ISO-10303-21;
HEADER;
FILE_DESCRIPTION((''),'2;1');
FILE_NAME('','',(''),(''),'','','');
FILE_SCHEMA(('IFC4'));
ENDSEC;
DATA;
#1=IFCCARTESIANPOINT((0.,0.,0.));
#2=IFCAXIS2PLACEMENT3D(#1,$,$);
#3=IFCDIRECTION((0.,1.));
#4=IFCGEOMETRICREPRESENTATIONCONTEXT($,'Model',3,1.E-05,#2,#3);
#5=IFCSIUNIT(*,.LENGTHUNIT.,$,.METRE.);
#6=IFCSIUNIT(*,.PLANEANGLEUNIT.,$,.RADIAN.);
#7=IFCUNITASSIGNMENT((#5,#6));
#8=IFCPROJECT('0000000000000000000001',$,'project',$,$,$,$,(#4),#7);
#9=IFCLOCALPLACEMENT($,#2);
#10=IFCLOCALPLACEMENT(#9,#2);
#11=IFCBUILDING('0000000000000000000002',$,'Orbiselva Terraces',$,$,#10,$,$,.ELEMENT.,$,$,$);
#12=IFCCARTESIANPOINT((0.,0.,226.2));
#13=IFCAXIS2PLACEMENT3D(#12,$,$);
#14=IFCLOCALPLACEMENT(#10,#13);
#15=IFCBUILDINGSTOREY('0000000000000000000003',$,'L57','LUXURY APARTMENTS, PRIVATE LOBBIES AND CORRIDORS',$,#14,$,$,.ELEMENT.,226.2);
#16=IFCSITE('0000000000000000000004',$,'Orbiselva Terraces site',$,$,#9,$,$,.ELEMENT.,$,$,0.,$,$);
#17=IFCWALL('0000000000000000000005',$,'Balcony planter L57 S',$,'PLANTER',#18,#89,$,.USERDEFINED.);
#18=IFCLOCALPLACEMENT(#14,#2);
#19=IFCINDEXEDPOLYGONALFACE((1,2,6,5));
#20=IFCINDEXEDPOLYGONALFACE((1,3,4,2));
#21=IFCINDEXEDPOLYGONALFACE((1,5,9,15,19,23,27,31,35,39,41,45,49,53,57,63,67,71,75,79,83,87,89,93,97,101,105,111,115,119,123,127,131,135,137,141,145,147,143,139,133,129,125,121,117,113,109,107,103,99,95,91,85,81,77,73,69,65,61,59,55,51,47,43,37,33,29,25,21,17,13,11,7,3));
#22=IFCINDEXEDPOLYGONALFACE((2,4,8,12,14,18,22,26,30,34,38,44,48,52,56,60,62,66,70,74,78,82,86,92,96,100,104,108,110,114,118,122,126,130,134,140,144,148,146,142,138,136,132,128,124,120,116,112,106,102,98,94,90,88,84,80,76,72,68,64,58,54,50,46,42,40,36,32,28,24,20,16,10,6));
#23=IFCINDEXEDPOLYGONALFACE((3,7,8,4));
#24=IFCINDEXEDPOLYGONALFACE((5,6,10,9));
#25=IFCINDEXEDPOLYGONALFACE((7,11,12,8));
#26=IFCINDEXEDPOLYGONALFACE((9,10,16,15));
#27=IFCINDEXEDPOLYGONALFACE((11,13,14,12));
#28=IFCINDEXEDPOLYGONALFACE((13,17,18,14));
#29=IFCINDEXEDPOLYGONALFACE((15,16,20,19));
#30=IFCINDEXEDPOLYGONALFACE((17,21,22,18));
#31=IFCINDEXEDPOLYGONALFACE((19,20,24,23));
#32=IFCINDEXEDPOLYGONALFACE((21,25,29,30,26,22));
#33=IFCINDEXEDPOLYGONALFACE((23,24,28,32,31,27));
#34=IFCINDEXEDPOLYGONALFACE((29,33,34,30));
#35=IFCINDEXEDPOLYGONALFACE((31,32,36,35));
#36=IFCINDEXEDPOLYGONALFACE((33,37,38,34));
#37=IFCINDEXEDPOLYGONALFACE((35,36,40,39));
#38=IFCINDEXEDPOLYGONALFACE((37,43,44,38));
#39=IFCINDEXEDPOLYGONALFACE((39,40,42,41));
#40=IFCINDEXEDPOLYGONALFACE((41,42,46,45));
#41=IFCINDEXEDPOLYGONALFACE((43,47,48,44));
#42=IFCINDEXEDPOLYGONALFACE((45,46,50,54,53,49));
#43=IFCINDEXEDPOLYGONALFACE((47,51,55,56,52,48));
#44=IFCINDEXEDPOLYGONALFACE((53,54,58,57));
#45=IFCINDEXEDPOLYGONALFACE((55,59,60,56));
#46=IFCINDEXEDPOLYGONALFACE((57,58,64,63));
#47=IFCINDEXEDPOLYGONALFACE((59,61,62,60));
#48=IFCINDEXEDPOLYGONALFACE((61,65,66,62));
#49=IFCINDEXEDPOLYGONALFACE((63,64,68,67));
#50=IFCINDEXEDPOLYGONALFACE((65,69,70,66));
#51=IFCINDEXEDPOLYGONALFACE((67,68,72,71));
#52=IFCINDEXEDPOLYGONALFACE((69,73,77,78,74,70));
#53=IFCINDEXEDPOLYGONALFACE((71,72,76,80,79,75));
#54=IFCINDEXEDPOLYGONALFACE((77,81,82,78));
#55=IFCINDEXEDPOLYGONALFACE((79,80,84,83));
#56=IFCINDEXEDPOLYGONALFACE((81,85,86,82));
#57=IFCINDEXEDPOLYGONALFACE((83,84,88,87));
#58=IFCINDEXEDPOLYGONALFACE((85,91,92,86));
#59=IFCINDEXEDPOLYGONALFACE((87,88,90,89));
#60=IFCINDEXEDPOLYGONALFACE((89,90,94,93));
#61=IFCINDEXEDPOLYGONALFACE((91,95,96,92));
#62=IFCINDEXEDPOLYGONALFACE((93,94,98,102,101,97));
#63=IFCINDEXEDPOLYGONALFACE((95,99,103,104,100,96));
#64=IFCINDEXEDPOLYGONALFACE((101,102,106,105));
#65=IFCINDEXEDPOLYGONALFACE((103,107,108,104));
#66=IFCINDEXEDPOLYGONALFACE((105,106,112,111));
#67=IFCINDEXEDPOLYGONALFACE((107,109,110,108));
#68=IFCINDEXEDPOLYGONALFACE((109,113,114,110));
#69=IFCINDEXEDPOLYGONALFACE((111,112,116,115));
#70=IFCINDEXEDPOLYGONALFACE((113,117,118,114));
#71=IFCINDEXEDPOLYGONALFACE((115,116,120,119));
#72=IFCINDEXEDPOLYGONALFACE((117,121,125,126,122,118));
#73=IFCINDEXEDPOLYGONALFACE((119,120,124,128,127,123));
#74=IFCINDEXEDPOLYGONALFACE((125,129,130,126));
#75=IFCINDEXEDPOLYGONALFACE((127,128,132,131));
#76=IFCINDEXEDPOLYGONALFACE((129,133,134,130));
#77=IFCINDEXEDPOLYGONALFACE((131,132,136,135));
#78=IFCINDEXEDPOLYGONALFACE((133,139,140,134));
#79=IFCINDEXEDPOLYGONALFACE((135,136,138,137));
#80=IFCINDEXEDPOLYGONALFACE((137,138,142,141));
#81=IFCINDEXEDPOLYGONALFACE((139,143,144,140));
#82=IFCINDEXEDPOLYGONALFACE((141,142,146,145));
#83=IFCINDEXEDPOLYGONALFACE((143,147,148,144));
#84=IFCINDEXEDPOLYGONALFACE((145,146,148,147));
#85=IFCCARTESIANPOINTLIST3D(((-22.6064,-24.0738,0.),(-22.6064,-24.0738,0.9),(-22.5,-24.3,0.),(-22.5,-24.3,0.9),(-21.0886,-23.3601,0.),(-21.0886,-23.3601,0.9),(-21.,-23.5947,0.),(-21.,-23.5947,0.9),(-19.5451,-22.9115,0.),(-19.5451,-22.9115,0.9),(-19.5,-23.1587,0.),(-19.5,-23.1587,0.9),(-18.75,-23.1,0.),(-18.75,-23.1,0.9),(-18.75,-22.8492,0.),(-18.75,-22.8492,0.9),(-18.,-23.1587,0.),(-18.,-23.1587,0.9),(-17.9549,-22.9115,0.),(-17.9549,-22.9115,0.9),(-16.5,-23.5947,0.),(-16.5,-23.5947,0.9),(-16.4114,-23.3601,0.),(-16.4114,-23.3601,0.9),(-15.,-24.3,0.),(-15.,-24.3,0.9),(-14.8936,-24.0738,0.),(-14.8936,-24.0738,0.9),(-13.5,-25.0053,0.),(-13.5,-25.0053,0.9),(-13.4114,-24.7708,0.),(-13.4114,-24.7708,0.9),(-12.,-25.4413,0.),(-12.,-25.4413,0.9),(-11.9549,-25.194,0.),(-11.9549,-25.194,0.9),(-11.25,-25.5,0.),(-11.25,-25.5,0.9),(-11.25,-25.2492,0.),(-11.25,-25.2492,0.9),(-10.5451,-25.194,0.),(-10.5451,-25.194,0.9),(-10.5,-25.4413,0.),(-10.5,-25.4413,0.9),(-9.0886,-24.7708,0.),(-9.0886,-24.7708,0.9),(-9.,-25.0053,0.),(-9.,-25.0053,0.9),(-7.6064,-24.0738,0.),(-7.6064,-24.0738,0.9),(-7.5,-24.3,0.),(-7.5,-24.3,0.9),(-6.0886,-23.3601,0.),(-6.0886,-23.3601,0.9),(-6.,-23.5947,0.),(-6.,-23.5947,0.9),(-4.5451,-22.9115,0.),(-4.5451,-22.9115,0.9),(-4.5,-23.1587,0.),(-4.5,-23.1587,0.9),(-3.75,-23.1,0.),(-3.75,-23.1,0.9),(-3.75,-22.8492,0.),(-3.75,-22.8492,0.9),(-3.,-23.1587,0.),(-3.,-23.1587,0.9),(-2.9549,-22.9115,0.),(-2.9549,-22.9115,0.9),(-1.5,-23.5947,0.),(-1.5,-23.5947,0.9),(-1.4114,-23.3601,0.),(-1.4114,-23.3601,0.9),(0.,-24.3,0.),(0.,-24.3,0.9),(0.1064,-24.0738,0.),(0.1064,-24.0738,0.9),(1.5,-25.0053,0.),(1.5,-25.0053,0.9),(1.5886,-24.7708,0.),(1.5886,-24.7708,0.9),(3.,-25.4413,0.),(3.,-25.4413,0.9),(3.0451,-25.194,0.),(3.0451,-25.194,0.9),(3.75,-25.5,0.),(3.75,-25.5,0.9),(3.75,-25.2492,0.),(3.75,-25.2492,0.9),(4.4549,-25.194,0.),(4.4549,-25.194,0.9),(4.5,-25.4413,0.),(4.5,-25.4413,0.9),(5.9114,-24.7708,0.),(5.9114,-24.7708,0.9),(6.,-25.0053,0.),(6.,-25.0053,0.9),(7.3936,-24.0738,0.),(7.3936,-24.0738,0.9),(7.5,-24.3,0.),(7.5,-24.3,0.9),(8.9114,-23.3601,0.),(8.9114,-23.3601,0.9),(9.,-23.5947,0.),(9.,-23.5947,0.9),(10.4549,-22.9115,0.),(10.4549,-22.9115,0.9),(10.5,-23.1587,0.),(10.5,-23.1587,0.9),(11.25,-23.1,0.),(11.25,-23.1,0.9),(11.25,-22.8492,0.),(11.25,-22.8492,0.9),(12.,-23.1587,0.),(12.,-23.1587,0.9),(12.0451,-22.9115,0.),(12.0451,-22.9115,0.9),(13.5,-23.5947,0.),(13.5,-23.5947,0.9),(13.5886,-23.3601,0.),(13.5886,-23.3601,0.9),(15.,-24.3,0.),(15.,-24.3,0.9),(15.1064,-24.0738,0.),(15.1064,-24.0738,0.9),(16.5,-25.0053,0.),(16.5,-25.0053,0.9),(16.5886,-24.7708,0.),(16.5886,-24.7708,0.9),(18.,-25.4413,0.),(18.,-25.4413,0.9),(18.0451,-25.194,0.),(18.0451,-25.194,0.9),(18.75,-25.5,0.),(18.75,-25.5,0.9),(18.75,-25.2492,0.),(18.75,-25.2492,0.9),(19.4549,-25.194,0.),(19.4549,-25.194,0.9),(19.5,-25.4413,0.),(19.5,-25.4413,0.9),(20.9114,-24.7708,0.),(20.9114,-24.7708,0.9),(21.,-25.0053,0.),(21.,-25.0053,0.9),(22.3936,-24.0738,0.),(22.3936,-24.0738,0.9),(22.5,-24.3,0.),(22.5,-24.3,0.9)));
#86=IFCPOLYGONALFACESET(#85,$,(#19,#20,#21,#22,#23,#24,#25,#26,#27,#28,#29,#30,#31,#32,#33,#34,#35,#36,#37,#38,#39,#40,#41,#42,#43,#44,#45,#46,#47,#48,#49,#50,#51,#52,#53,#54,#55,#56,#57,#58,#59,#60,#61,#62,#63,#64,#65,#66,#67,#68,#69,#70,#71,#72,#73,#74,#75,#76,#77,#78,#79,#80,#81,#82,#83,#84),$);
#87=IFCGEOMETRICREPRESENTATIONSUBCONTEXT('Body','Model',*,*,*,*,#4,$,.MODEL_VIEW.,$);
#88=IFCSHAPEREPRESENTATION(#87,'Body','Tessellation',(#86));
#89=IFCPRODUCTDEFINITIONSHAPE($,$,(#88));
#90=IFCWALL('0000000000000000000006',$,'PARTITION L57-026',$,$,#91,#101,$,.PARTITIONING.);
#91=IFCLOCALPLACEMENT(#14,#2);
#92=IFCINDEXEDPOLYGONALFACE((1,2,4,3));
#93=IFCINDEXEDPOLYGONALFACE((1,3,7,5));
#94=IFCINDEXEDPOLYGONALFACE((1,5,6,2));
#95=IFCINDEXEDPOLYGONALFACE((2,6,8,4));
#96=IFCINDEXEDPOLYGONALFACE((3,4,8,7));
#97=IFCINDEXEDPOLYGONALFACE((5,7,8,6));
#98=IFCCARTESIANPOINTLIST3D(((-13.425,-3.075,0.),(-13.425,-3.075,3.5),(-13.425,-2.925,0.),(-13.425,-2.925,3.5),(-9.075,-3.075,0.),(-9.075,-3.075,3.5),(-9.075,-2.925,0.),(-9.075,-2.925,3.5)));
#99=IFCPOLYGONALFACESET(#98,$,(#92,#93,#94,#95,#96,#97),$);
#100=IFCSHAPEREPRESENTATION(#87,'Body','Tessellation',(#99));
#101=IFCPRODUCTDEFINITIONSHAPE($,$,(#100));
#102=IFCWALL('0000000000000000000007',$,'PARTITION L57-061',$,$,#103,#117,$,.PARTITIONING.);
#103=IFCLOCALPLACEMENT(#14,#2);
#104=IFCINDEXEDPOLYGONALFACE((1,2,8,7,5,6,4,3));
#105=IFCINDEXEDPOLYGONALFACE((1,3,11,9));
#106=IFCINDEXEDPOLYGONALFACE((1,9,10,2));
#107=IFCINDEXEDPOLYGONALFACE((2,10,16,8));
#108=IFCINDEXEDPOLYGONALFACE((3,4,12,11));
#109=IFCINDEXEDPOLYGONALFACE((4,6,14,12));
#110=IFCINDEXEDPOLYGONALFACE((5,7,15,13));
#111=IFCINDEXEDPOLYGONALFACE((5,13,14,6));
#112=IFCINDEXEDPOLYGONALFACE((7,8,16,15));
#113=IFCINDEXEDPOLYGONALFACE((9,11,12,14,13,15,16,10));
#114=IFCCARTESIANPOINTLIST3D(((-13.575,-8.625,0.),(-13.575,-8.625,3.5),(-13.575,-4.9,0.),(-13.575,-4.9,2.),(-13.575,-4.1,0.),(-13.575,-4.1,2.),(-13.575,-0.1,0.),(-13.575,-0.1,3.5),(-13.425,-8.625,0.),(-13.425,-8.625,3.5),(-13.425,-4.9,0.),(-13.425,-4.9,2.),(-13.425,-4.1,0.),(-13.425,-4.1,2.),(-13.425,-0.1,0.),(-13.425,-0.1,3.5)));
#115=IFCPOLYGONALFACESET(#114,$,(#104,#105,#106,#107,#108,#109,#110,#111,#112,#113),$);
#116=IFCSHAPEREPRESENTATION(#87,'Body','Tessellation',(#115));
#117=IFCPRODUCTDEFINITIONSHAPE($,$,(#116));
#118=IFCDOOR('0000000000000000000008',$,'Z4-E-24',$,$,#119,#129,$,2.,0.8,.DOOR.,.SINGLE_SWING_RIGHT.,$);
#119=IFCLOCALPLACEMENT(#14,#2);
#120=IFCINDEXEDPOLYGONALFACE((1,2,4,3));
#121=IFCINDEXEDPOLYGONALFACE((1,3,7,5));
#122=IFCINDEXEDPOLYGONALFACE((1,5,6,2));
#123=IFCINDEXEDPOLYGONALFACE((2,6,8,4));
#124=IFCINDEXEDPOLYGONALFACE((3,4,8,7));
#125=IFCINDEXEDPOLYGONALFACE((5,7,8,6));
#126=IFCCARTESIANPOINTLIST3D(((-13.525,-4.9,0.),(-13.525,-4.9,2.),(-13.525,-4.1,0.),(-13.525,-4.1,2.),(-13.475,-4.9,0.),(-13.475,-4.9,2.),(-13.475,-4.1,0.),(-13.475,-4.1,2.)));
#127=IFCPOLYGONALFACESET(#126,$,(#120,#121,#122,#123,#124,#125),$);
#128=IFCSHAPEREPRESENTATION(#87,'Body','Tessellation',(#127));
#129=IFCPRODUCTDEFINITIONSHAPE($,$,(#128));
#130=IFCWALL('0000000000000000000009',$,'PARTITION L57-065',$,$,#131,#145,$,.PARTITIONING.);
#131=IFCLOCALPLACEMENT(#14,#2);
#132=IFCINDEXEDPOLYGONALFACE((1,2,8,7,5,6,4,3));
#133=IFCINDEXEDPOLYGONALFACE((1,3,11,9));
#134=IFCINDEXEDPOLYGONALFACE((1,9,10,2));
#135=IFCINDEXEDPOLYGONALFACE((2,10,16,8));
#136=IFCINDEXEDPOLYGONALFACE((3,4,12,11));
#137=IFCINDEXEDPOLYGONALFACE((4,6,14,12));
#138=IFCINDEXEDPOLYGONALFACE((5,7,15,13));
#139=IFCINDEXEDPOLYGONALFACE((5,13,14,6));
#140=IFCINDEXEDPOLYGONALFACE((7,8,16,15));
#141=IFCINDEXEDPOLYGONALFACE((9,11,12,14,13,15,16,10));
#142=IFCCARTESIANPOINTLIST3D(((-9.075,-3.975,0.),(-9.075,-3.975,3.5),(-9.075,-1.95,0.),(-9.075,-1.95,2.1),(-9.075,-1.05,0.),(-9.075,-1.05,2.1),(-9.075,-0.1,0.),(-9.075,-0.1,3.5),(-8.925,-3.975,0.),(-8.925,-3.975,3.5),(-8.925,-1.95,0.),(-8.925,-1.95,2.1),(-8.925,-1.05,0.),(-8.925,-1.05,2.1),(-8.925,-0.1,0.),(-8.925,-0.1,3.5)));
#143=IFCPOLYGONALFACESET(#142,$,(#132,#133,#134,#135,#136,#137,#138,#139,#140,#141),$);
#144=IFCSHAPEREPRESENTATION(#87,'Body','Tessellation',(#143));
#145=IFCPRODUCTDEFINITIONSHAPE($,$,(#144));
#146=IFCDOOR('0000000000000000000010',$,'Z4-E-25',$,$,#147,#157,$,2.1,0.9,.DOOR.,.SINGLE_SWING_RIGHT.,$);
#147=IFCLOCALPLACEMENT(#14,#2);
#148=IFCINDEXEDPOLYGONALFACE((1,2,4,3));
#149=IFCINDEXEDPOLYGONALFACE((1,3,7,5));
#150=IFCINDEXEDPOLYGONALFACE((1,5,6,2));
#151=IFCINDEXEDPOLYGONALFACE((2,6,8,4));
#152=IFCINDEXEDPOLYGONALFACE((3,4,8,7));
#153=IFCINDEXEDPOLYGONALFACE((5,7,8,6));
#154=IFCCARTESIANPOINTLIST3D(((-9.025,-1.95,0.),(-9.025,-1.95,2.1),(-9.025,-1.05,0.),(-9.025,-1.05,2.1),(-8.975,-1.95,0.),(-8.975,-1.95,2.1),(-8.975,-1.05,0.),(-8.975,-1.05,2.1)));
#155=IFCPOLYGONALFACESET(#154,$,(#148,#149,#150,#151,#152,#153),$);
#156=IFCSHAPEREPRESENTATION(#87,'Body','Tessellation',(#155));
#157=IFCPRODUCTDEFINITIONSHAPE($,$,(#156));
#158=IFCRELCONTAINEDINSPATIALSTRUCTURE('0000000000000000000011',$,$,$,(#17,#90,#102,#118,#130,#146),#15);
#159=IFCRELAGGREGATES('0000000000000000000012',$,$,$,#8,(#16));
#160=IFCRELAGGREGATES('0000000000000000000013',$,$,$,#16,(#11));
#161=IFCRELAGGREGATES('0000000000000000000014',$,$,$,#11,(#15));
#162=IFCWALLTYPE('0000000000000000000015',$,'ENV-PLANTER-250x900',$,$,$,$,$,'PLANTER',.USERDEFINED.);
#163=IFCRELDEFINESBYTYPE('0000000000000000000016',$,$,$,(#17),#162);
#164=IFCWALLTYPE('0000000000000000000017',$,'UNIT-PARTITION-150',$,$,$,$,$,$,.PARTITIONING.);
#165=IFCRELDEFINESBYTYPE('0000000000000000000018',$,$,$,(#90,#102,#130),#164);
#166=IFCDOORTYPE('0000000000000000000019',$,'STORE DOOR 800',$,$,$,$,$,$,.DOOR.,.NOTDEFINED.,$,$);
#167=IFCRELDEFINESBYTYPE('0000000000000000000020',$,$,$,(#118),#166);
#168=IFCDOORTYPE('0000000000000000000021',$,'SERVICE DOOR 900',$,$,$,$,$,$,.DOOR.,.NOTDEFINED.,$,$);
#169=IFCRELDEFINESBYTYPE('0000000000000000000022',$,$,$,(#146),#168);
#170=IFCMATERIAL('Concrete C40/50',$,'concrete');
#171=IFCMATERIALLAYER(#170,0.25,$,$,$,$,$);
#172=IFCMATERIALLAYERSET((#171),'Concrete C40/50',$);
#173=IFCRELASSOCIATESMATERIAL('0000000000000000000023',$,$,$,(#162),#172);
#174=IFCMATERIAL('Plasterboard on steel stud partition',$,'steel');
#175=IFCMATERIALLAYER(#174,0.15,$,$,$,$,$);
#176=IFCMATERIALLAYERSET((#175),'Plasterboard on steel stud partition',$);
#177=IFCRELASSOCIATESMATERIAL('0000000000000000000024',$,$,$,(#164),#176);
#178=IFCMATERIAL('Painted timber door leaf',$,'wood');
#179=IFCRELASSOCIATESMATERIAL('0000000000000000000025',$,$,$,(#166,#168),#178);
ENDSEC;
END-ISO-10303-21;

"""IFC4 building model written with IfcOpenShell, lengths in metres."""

from ifc_helpers import new_model, si_unit, direction, frame, frame_2d, origin, place, context, subcontext, project, spatial, polyline, rectangle, outline, extrude, material, layer, layer_set, type_object, element, fill, save


model = new_model("IFC4")

# Units and contexts
model_context = context("Model", 3, precision=1e-05, world=origin(), true_north=direction((0.0, 1.0)))
body_context = subcontext(model_context, "Body", "Model", "MODEL_VIEW")
ifc_project = project(units=[si_unit("LENGTHUNIT", "METRE"), si_unit("PLANEANGLEUNIT", "RADIAN")], contexts=[model_context])

# Site, building, storey
site_placement = place(None, origin())
site = spatial("IfcSite", under=ifc_project, at=site_placement, Name="Orbiselva Terraces site", CompositionType="ELEMENT", RefElevation=0.0)
building_placement = place(site_placement, origin())
building = spatial("IfcBuilding", under=site, at=building_placement, Name="Orbiselva Terraces", CompositionType="ELEMENT")
storey_placement = place(building_placement, frame((0.0, 0.0, 226.2)))
storey = spatial("IfcBuildingStorey", under=building, at=storey_placement, Name="L57", Description="LUXURY APARTMENTS, PRIVATE LOBBIES AND CORRIDORS", CompositionType="ELEMENT", Elevation=226.2)

# Walls
ifc_material_1 = material(Name="Concrete C40/50", Category="concrete")
ifc_layer_1 = layer(ifc_material_1, 0.25)
ifc_layer_set_1 = layer_set([ifc_layer_1], Name="Concrete C40/50")
wall_type_1 = type_object("IfcWallType", Name="ENV-PLANTER-250x900", ElementType="PLANTER", PredefinedType="USERDEFINED", material=ifc_layer_set_1)
wall_1_placement = place(storey_placement, origin())
element("IfcWall", 1, at=wall_1_placement, inside=storey, type_object=wall_type_1, Name="Balcony planter L57 S", ObjectType="PLANTER", PredefinedType="USERDEFINED", context=body_context, shape_type="SweptSolid", body=[
    extrude(outline(polyline([(-22.5, -24.3), (-21.0, -23.5947), (-19.5, -23.1587), (-18.75, -23.1), (-18.0, -23.1587), (-16.5, -23.5947), (-15.0, -24.3), (-13.5, -25.0053), (-12.0, -25.4413), (-11.25, -25.5), (-10.5, -25.4413), (-9.0, -25.0053), (-7.5, -24.3), (-6.0, -23.5947), (-4.5, -23.1587), (-3.75, -23.1), (-3.0, -23.1587), (-1.5, -23.5947), (0.0, -24.3), (1.5, -25.0053), (3.0, -25.4413), (3.75, -25.5), (4.5, -25.4413), (6.0, -25.0053), (7.5, -24.3), (9.0, -23.5947), (10.5, -23.1587), (11.25, -23.1), (12.0, -23.1587), (13.5, -23.5947), (15.0, -24.3), (16.5, -25.0053), (18.0, -25.4413), (18.75, -25.5), (19.5, -25.4413), (21.0, -25.0053), (22.5, -24.3), (22.3936, -24.0738), (20.9114, -24.7708), (19.4549, -25.194), (18.75, -25.2492), (18.0451, -25.194), (16.5886, -24.7708), (15.1064, -24.0738), (13.5886, -23.3601), (12.0451, -22.9115), (11.25, -22.8492), (10.4549, -22.9115), (8.9114, -23.3601), (7.3936, -24.0738), (5.9114, -24.7708), (4.4549, -25.194), (3.75, -25.2492), (3.0451, -25.194), (1.5886, -24.7708), (0.1064, -24.0738), (-1.4114, -23.3601), (-2.9549, -22.9115), (-3.75, -22.8492), (-4.5451, -22.9115), (-6.0886, -23.3601), (-7.6064, -24.0738), (-9.0886, -24.7708), (-10.5451, -25.194), (-11.25, -25.2492), (-11.9549, -25.194), (-13.4114, -24.7708), (-14.8936, -24.0738), (-16.4114, -23.3601), (-17.9549, -22.9115), (-18.75, -22.8492), (-19.5451, -22.9115), (-21.0886, -23.3601), (-22.6064, -24.0738), (-22.5, -24.3)])), origin(), (0.0, 0.0, 1.0), 0.9),
])
ifc_material_2 = material(Name="Plasterboard on steel stud partition", Category="steel")
ifc_layer_2 = layer(ifc_material_2, 0.15)
ifc_layer_set_2 = layer_set([ifc_layer_2], Name="Plasterboard on steel stud partition")
wall_type_2 = type_object("IfcWallType", Name="UNIT-PARTITION-150", PredefinedType="PARTITIONING", material=ifc_layer_set_2)
wall_2_placement = place(storey_placement, frame((-13.425, -3.0, 0.0), z_axis=(0.0, 0.0, 1.0), x_axis=(1.0, 0.0, 0.0)))
element("IfcWall", 2, at=wall_2_placement, inside=storey, type_object=wall_type_2, Name="PARTITION L57-026", PredefinedType="PARTITIONING", context=body_context, shape_type="SweptSolid", body=[
    extrude(rectangle(XDim=4.35, YDim=0.15, at=frame_2d((2.175, 0.0))), origin(), (0.0, 0.0, 1.0), 3.5),
])

# Walls, openings, doors
wall_3_placement = place(storey_placement, frame((-13.5, -0.1, 0.0), z_axis=(0.0, 0.0, 1.0), x_axis=(0.0, -1.0, 0.0)))
wall_3 = element("IfcWall", 3, at=wall_3_placement, inside=storey, type_object=wall_type_2, Name="PARTITION L57-061", PredefinedType="PARTITIONING", context=body_context, shape_type="SweptSolid", body=[
    extrude(rectangle(XDim=8.525, YDim=0.15, at=frame_2d((4.2625, 0.0))), origin(), (0.0, 0.0, 1.0), 3.5),
])
opening_1_placement = place(wall_3_placement, frame((4.0, 0.0, 0.0)))
opening_1 = element("IfcOpeningElement", 4, at=opening_1_placement, cuts=wall_3, PredefinedType="OPENING", context=body_context, shape_type="SweptSolid", body=[
    extrude(rectangle(XDim=0.8, YDim=2.0, at=frame_2d((0.4, 1.0))), frame((0.0, 0.085, 0.0), z_axis=(0.0, -1.0, 0.0), x_axis=(1.0, 0.0, 0.0)), (0.0, 0.0, 1.0), 0.17),
])
ifc_material_3 = material(Name="Painted timber door leaf", Category="wood")
door_type_1 = type_object("IfcDoorType", Name="STORE DOOR 800", OperationType="NOTDEFINED", PredefinedType="DOOR", material=ifc_material_3)
door_1_placement = place(opening_1_placement, origin())
door_1 = element("IfcDoor", 5, at=door_1_placement, inside=storey, type_object=door_type_1, Name="Z4-E-24", OperationType="SINGLE_SWING_RIGHT", OverallHeight=2.0, OverallWidth=0.8, PredefinedType="DOOR", context=body_context, shape_type="SweptSolid", body=[
    extrude(rectangle(XDim=0.8, YDim=2.0, at=frame_2d((0.4, 1.0))), frame((0.0, 0.025, 0.0), z_axis=(0.0, -1.0, 0.0), x_axis=(1.0, 0.0, 0.0)), (0.0, 0.0, 1.0), 0.05),
])
fill(opening_1, door_1)
wall_4_placement = place(storey_placement, frame((-9.0, -3.975, 0.0), z_axis=(0.0, 0.0, 1.0), x_axis=(0.0, 1.0, 0.0)))
wall_4 = element("IfcWall", 6, at=wall_4_placement, inside=storey, type_object=wall_type_2, Name="PARTITION L57-065", PredefinedType="PARTITIONING", context=body_context, shape_type="SweptSolid", body=[
    extrude(rectangle(XDim=3.875, YDim=0.15, at=frame_2d((1.9375, 0.0))), origin(), (0.0, 0.0, 1.0), 3.5),
])
opening_2_placement = place(wall_4_placement, frame((2.025, 0.0, 0.0)))
opening_2 = element("IfcOpeningElement", 7, at=opening_2_placement, cuts=wall_4, PredefinedType="OPENING", context=body_context, shape_type="SweptSolid", body=[
    extrude(rectangle(XDim=0.9, YDim=2.1, at=frame_2d((0.45, 1.05))), frame((0.0, 0.085, 0.0), z_axis=(0.0, -1.0, 0.0), x_axis=(1.0, 0.0, 0.0)), (0.0, 0.0, 1.0), 0.17),
])
door_type_2 = type_object("IfcDoorType", Name="SERVICE DOOR 900", OperationType="NOTDEFINED", PredefinedType="DOOR", material=ifc_material_3)
door_2_placement = place(opening_2_placement, origin())
door_2 = element("IfcDoor", 8, at=door_2_placement, inside=storey, type_object=door_type_2, Name="Z4-E-25", OperationType="SINGLE_SWING_RIGHT", OverallHeight=2.1, OverallWidth=0.9, PredefinedType="DOOR", context=body_context, shape_type="SweptSolid", body=[
    extrude(rectangle(XDim=0.9, YDim=2.1, at=frame_2d((0.45, 1.05))), frame((0.0, 0.025, 0.0), z_axis=(0.0, -1.0, 0.0), x_axis=(1.0, 0.0, 0.0)), (0.0, 0.0, 1.0), 0.05),
])
fill(opening_2, door_2)

save(model, "model.ifc")
